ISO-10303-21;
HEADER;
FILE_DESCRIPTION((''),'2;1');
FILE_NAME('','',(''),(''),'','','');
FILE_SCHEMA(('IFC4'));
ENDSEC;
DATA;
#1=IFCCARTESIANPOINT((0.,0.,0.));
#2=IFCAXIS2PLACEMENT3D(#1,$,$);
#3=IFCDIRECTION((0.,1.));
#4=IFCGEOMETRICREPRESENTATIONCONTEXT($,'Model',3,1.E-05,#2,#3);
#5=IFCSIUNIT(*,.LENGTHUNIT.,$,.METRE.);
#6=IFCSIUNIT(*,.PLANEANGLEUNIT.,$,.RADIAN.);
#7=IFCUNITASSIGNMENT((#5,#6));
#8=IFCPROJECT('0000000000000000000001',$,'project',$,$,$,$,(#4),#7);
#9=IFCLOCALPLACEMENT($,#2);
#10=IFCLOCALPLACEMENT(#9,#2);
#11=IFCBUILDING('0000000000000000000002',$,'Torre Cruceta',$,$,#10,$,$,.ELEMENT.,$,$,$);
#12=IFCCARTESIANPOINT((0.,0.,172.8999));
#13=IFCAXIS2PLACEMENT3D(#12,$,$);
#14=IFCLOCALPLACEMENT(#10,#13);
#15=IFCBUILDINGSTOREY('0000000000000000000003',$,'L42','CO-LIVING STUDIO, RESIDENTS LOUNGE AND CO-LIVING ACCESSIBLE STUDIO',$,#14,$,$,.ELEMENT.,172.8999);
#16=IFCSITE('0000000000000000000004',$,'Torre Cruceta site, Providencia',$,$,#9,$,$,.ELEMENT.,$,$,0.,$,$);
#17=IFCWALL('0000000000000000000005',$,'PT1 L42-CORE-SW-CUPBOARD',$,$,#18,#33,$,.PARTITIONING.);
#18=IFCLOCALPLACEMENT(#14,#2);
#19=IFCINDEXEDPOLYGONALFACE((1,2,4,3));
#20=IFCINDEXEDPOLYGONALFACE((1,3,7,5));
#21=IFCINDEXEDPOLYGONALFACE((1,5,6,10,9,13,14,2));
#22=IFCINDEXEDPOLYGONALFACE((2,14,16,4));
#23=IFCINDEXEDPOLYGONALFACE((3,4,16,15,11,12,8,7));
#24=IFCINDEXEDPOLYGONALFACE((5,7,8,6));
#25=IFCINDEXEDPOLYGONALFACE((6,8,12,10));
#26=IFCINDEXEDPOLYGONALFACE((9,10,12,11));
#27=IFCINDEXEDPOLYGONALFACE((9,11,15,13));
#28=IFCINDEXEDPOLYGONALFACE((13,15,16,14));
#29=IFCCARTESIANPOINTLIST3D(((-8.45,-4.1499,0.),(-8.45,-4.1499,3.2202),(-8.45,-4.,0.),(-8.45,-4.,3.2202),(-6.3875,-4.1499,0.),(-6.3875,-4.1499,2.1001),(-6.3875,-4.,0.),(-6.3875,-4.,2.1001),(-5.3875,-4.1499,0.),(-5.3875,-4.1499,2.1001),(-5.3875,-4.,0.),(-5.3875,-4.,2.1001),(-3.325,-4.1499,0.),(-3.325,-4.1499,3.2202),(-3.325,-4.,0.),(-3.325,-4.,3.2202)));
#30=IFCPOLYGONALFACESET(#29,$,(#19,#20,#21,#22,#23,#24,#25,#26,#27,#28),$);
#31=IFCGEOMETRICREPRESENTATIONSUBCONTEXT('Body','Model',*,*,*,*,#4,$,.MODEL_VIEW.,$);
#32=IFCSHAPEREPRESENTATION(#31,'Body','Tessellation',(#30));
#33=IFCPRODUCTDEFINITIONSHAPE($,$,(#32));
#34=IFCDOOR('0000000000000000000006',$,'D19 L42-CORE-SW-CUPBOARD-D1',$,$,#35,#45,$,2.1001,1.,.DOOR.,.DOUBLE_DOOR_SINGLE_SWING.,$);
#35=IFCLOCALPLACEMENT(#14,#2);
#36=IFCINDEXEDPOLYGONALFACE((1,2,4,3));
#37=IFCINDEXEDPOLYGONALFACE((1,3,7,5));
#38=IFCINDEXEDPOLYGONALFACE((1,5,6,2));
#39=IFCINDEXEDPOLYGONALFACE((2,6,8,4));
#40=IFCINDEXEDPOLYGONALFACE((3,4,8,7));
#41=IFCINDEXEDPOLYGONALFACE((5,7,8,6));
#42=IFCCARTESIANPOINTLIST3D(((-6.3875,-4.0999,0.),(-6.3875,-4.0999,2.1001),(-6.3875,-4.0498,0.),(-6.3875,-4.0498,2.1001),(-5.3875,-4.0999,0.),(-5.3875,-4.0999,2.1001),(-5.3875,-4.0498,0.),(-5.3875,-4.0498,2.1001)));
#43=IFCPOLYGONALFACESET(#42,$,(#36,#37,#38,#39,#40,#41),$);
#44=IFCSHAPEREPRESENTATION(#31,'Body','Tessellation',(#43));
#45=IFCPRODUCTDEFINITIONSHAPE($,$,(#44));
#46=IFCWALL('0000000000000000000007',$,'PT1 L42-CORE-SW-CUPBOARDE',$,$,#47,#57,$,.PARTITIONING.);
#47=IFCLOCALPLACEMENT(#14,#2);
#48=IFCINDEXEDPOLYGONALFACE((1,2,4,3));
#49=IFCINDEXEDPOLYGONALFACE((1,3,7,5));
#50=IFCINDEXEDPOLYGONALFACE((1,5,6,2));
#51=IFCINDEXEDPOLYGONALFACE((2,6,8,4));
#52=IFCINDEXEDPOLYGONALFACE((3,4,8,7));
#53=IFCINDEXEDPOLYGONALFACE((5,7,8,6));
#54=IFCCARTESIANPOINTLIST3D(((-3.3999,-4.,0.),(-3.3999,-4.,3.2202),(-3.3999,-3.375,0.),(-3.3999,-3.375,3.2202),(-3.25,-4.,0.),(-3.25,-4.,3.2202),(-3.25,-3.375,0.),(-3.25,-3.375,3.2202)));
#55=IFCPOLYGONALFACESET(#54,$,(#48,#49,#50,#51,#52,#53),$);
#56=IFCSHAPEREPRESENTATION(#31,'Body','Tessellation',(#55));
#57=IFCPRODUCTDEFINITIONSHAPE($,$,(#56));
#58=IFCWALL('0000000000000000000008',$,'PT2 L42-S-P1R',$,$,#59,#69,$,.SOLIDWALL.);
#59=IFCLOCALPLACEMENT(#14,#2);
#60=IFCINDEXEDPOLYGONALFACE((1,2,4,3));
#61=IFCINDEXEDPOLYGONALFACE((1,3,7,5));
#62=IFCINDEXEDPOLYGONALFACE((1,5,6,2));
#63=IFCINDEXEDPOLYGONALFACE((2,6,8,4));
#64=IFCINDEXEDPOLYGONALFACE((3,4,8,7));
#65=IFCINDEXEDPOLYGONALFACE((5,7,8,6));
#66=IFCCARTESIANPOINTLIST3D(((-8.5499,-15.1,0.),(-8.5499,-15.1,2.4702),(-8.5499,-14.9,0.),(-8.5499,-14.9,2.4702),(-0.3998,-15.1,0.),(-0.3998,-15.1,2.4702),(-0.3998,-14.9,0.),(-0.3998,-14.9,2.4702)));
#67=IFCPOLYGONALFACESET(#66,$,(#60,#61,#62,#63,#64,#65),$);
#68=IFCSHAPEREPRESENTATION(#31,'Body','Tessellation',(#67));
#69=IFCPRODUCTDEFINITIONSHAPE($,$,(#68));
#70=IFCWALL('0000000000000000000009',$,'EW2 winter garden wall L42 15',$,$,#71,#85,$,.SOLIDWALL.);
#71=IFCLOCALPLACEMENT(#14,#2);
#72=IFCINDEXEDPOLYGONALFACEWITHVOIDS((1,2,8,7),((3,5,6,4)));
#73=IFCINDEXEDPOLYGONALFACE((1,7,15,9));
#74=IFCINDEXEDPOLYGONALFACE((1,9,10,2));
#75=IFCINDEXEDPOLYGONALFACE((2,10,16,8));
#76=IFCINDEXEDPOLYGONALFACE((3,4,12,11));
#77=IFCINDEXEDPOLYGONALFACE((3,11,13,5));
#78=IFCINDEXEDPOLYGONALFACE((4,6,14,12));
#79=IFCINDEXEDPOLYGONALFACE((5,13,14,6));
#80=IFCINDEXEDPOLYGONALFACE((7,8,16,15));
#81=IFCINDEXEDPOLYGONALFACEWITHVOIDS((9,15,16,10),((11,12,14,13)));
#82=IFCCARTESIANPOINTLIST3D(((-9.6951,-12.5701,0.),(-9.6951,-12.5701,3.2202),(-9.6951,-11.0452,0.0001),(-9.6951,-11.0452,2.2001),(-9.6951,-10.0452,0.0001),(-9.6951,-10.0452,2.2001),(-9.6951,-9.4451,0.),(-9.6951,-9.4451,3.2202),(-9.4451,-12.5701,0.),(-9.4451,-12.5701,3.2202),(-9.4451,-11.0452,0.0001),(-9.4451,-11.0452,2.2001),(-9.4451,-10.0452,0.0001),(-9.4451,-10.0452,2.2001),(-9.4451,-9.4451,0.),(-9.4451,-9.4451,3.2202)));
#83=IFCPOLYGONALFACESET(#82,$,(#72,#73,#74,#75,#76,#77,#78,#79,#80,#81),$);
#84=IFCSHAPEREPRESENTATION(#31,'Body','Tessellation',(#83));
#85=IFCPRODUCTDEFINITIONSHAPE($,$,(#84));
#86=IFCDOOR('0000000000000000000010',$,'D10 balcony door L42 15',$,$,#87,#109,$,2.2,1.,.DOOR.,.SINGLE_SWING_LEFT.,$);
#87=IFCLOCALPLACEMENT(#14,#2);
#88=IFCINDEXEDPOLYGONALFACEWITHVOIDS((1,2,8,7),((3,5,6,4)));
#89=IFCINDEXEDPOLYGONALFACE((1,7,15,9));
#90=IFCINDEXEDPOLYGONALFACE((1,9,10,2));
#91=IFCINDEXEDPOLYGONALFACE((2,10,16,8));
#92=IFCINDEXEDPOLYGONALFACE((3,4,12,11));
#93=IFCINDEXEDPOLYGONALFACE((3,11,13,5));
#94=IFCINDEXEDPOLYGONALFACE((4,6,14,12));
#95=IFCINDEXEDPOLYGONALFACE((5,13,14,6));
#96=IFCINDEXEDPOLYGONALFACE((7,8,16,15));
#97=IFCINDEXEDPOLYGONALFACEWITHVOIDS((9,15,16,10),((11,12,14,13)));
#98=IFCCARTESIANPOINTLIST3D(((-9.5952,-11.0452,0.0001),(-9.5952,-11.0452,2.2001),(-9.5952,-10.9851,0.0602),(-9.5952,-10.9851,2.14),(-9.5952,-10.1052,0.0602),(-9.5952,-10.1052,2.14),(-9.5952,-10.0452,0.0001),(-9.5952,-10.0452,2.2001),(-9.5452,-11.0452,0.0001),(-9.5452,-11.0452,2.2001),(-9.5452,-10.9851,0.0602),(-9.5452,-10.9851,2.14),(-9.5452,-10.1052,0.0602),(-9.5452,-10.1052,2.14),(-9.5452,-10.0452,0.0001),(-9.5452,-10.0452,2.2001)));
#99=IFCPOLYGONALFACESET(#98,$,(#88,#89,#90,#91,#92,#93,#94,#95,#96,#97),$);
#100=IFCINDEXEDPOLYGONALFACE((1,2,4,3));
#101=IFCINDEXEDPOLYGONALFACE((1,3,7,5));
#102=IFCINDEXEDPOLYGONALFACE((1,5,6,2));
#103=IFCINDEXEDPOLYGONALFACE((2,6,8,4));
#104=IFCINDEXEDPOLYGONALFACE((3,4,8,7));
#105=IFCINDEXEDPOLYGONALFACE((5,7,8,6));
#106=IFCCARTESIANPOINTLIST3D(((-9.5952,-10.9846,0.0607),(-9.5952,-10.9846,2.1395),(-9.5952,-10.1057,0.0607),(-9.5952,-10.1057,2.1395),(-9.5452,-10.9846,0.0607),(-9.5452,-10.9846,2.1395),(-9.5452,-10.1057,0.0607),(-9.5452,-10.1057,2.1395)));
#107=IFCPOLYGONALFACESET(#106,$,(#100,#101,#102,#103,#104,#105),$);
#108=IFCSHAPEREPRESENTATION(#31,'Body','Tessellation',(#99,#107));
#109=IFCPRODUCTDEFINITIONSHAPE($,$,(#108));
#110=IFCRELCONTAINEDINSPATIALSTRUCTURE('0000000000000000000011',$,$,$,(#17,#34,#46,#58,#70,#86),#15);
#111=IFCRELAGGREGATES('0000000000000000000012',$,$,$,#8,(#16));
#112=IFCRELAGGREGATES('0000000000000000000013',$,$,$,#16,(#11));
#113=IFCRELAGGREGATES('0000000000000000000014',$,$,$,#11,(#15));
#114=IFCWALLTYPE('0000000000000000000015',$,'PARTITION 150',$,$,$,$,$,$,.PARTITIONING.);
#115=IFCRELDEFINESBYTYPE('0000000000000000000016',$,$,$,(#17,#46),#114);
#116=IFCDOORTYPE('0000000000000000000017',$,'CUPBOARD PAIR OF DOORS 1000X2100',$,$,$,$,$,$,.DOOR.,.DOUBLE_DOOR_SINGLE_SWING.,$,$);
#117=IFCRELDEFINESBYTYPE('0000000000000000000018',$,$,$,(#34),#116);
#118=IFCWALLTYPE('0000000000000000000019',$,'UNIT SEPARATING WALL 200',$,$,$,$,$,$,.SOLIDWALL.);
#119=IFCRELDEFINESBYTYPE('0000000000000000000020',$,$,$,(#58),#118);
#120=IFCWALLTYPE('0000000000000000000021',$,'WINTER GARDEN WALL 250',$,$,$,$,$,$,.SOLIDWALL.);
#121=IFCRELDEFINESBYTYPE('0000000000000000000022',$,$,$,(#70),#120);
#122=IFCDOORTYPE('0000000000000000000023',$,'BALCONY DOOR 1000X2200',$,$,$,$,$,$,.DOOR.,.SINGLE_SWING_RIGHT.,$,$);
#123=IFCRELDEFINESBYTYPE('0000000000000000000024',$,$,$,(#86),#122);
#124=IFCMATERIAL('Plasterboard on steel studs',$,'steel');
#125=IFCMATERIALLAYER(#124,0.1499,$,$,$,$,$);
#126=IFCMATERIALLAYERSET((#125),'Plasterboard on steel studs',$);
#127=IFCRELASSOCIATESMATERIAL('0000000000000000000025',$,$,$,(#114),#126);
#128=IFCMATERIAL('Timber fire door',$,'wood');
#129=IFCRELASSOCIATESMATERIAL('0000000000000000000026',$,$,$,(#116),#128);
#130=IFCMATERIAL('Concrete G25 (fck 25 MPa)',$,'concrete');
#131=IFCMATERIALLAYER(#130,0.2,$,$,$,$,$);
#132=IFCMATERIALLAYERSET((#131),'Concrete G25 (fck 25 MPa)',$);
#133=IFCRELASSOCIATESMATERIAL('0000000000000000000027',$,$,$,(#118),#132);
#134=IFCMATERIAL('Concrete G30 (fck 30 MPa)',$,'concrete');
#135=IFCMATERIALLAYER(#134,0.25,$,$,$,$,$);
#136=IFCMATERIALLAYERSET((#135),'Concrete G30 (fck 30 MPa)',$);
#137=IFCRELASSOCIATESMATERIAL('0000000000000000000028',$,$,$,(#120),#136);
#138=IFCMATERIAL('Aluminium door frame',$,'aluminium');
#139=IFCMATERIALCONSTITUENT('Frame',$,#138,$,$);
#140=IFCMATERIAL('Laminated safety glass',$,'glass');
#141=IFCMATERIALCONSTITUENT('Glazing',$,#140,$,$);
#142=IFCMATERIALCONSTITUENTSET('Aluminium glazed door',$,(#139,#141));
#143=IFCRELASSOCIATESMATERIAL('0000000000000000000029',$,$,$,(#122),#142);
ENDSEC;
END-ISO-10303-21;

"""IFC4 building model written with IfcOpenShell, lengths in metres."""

from ifc_helpers import new_model, si_unit, direction, frame, frame_2d, origin, place, context, subcontext, project, spatial, rectangle, hollow_rectangle, extrude, material, layer, layer_set, constituent, constituent_set, type_object, element, fill, save


model = new_model("IFC4")

# Units and contexts
model_context = context("Model", 3, precision=1e-05, world=origin(), true_north=direction((0.0, 1.0)))
body_context = subcontext(model_context, "Body", "Model", "MODEL_VIEW")
ifc_project = project(units=[si_unit("LENGTHUNIT", "METRE"), si_unit("PLANEANGLEUNIT", "RADIAN")], contexts=[model_context])

# Site, building, storey
site_placement = place(None, origin())
site = spatial("IfcSite", under=ifc_project, at=site_placement, Name="Torre Cruceta site, Providencia", CompositionType="ELEMENT", RefElevation=0.0)
building_placement = place(site_placement, origin())
building = spatial("IfcBuilding", under=site, at=building_placement, Name="Torre Cruceta", CompositionType="ELEMENT")
storey_placement = place(building_placement, frame((0.0, 0.0, 172.8999)))
storey = spatial("IfcBuildingStorey", under=building, at=storey_placement, Name="L42", Description="CO-LIVING STUDIO, RESIDENTS LOUNGE AND CO-LIVING ACCESSIBLE STUDIO", CompositionType="ELEMENT", Elevation=172.8999)

# Wall, opening, door
ifc_material_1 = material(Name="Plasterboard on steel studs", Category="steel")
ifc_layer_1 = layer(ifc_material_1, 0.1499)
ifc_layer_set_1 = layer_set([ifc_layer_1], Name="Plasterboard on steel studs")
wall_type_1 = type_object("IfcWallType", Name="PARTITION 150", PredefinedType="PARTITIONING", material=ifc_layer_set_1)
wall_1_placement = place(storey_placement, frame((-3.325, -4.075, 0.0), z_axis=(0.0, 0.0, 1.0), x_axis=(-1.0, 0.0, 0.0)))
wall_1 = element("IfcWall", 1, at=wall_1_placement, inside=storey, type_object=wall_type_1, Name="PT1 L42-CORE-SW-CUPBOARD", PredefinedType="PARTITIONING", context=body_context, shape_type="SweptSolid", body=[
    extrude(rectangle(XDim=5.125, YDim=0.1499, at=frame_2d((2.5625, 0.0))), origin(), (0.0, 0.0, 1.0), 3.2202),
])
opening_1_placement = place(wall_1_placement, frame((2.0625, 0.0, 0.0)))
opening_1 = element("IfcOpeningElement", 2, at=opening_1_placement, cuts=wall_1, PredefinedType="OPENING", context=body_context, shape_type="SweptSolid", body=[
    extrude(rectangle(XDim=1.0, YDim=2.1001, at=frame_2d((0.5, 1.05))), frame((0.0, 0.085, 0.0), z_axis=(0.0, -1.0, 0.0), x_axis=(1.0, 0.0, 0.0)), (0.0, 0.0, 1.0), 0.1699),
])
ifc_material_2 = material(Name="Timber fire door", Category="wood")
door_type_1 = type_object("IfcDoorType", Name="CUPBOARD PAIR OF DOORS 1000X2100", OperationType="DOUBLE_DOOR_SINGLE_SWING", PredefinedType="DOOR", material=ifc_material_2)
door_1_placement = place(opening_1_placement, frame((1.0, 0.0, 0.0), z_axis=(0.0, 0.0, 1.0), x_axis=(-1.0, 0.0, 0.0)))
door_1 = element("IfcDoor", 3, at=door_1_placement, inside=storey, type_object=door_type_1, Name="D19 L42-CORE-SW-CUPBOARD-D1", OperationType="DOUBLE_DOOR_SINGLE_SWING", OverallHeight=2.1001, OverallWidth=1.0, PredefinedType="DOOR", context=body_context, shape_type="SweptSolid", body=[
    extrude(rectangle(XDim=1.0, YDim=2.1001, at=frame_2d((0.5, 1.05))), frame((0.0, 0.0251, 0.0), z_axis=(0.0, -1.0, 0.0), x_axis=(1.0, 0.0, 0.0)), (0.0, 0.0, 1.0), 0.05),
])
fill(opening_1, door_1)

# Walls
wall_2_placement = place(storey_placement, frame((-3.325, -3.375, 0.0), z_axis=(0.0, 0.0, 1.0), x_axis=(0.0, -1.0, 0.0)))
element("IfcWall", 4, at=wall_2_placement, inside=storey, type_object=wall_type_1, Name="PT1 L42-CORE-SW-CUPBOARDE", PredefinedType="PARTITIONING", context=body_context, shape_type="SweptSolid", body=[
    extrude(rectangle(XDim=0.625, YDim=0.1499, at=frame_2d((0.3125, 0.0))), origin(), (0.0, 0.0, 1.0), 3.2202),
])
ifc_material_3 = material(Name="Concrete G25 (fck 25 MPa)", Category="concrete")
ifc_layer_2 = layer(ifc_material_3, 0.2)
ifc_layer_set_2 = layer_set([ifc_layer_2], Name="Concrete G25 (fck 25 MPa)")
wall_type_2 = type_object("IfcWallType", Name="UNIT SEPARATING WALL 200", PredefinedType="SOLIDWALL", material=ifc_layer_set_2)
wall_3_placement = place(storey_placement, frame((-8.55, -15.0, 0.0), z_axis=(0.0, 0.0, 1.0), x_axis=(1.0, 0.0, 0.0)))
element("IfcWall", 5, at=wall_3_placement, inside=storey, type_object=wall_type_2, Name="PT2 L42-S-P1R", PredefinedType="SOLIDWALL", context=body_context, shape_type="SweptSolid", body=[
    extrude(rectangle(XDim=8.1501, YDim=0.2, at=frame_2d((4.0752, 0.0))), origin(), (0.0, 0.0, 1.0), 2.4702),
])

# Wall, opening, door
ifc_material_4 = material(Name="Concrete G30 (fck 30 MPa)", Category="concrete")
ifc_layer_3 = layer(ifc_material_4, 0.25)
ifc_layer_set_3 = layer_set([ifc_layer_3], Name="Concrete G30 (fck 30 MPa)")
wall_type_3 = type_object("IfcWallType", Name="WINTER GARDEN WALL 250", PredefinedType="SOLIDWALL", material=ifc_layer_set_3)
wall_4_placement = place(storey_placement, frame((-9.5701, -9.4451, 0.0), z_axis=(0.0, 0.0, 1.0), x_axis=(0.0, -1.0, 0.0)))
wall_4 = element("IfcWall", 6, at=wall_4_placement, inside=storey, type_object=wall_type_3, Name="EW2 winter garden wall L42 15", PredefinedType="SOLIDWALL", context=body_context, shape_type="SweptSolid", body=[
    extrude(rectangle(XDim=3.125, YDim=0.25, at=frame_2d((1.5625, 0.0))), origin(), (0.0, 0.0, 1.0), 3.2202),
])
opening_2_placement = place(wall_4_placement, frame((0.6001, 0.0, 0.0)))
opening_2 = element("IfcOpeningElement", 7, at=opening_2_placement, cuts=wall_4, PredefinedType="OPENING", context=body_context, shape_type="SweptSolid", body=[
    extrude(rectangle(XDim=1.0, YDim=2.2, at=frame_2d((0.5, 1.1001))), frame((0.0, 0.135, 0.0), z_axis=(0.0, -1.0, 0.0), x_axis=(1.0, 0.0, 0.0)), (0.0, 0.0, 1.0), 0.27),
])
ifc_material_5 = material(Name="Aluminium door frame", Category="aluminium")
ifc_constituent_1 = constituent(ifc_material_5, Name="Frame")
ifc_material_6 = material(Name="Laminated safety glass", Category="glass")
ifc_constituent_2 = constituent(ifc_material_6, Name="Glazing")
ifc_constituent_set_1 = constituent_set(constituents=[ifc_constituent_1, ifc_constituent_2], Name="Aluminium glazed door")
door_type_2 = type_object("IfcDoorType", Name="BALCONY DOOR 1000X2200", OperationType="SINGLE_SWING_RIGHT", PredefinedType="DOOR", material=ifc_constituent_set_1)
door_2_placement = place(opening_2_placement, origin())
door_2 = element("IfcDoor", 8, at=door_2_placement, inside=storey, type_object=door_type_2, Name="D10 balcony door L42 15", OperationType="SINGLE_SWING_LEFT", OverallHeight=2.2, OverallWidth=1.0, PredefinedType="DOOR", context=body_context, shape_type="SweptSolid", body=[
    extrude(hollow_rectangle(XDim=1.0, YDim=2.2, WallThickness=0.0601, at=frame_2d((0.5, 1.1001))), frame((0.0, 0.0249, 0.0), z_axis=(0.0, -1.0, 0.0), x_axis=(1.0, 0.0, 0.0)), (0.0, 0.0, 1.0), 0.05),
    extrude(rectangle(XDim=0.8789, YDim=2.0789, at=frame_2d((0.5, 1.1001))), frame((0.0, 0.0249, 0.0), z_axis=(0.0, -1.0, 0.0), x_axis=(1.0, 0.0, 0.0)), (0.0, 0.0, 1.0), 0.05),
])
fill(opening_2, door_2)

save(model, "model.ifc")
